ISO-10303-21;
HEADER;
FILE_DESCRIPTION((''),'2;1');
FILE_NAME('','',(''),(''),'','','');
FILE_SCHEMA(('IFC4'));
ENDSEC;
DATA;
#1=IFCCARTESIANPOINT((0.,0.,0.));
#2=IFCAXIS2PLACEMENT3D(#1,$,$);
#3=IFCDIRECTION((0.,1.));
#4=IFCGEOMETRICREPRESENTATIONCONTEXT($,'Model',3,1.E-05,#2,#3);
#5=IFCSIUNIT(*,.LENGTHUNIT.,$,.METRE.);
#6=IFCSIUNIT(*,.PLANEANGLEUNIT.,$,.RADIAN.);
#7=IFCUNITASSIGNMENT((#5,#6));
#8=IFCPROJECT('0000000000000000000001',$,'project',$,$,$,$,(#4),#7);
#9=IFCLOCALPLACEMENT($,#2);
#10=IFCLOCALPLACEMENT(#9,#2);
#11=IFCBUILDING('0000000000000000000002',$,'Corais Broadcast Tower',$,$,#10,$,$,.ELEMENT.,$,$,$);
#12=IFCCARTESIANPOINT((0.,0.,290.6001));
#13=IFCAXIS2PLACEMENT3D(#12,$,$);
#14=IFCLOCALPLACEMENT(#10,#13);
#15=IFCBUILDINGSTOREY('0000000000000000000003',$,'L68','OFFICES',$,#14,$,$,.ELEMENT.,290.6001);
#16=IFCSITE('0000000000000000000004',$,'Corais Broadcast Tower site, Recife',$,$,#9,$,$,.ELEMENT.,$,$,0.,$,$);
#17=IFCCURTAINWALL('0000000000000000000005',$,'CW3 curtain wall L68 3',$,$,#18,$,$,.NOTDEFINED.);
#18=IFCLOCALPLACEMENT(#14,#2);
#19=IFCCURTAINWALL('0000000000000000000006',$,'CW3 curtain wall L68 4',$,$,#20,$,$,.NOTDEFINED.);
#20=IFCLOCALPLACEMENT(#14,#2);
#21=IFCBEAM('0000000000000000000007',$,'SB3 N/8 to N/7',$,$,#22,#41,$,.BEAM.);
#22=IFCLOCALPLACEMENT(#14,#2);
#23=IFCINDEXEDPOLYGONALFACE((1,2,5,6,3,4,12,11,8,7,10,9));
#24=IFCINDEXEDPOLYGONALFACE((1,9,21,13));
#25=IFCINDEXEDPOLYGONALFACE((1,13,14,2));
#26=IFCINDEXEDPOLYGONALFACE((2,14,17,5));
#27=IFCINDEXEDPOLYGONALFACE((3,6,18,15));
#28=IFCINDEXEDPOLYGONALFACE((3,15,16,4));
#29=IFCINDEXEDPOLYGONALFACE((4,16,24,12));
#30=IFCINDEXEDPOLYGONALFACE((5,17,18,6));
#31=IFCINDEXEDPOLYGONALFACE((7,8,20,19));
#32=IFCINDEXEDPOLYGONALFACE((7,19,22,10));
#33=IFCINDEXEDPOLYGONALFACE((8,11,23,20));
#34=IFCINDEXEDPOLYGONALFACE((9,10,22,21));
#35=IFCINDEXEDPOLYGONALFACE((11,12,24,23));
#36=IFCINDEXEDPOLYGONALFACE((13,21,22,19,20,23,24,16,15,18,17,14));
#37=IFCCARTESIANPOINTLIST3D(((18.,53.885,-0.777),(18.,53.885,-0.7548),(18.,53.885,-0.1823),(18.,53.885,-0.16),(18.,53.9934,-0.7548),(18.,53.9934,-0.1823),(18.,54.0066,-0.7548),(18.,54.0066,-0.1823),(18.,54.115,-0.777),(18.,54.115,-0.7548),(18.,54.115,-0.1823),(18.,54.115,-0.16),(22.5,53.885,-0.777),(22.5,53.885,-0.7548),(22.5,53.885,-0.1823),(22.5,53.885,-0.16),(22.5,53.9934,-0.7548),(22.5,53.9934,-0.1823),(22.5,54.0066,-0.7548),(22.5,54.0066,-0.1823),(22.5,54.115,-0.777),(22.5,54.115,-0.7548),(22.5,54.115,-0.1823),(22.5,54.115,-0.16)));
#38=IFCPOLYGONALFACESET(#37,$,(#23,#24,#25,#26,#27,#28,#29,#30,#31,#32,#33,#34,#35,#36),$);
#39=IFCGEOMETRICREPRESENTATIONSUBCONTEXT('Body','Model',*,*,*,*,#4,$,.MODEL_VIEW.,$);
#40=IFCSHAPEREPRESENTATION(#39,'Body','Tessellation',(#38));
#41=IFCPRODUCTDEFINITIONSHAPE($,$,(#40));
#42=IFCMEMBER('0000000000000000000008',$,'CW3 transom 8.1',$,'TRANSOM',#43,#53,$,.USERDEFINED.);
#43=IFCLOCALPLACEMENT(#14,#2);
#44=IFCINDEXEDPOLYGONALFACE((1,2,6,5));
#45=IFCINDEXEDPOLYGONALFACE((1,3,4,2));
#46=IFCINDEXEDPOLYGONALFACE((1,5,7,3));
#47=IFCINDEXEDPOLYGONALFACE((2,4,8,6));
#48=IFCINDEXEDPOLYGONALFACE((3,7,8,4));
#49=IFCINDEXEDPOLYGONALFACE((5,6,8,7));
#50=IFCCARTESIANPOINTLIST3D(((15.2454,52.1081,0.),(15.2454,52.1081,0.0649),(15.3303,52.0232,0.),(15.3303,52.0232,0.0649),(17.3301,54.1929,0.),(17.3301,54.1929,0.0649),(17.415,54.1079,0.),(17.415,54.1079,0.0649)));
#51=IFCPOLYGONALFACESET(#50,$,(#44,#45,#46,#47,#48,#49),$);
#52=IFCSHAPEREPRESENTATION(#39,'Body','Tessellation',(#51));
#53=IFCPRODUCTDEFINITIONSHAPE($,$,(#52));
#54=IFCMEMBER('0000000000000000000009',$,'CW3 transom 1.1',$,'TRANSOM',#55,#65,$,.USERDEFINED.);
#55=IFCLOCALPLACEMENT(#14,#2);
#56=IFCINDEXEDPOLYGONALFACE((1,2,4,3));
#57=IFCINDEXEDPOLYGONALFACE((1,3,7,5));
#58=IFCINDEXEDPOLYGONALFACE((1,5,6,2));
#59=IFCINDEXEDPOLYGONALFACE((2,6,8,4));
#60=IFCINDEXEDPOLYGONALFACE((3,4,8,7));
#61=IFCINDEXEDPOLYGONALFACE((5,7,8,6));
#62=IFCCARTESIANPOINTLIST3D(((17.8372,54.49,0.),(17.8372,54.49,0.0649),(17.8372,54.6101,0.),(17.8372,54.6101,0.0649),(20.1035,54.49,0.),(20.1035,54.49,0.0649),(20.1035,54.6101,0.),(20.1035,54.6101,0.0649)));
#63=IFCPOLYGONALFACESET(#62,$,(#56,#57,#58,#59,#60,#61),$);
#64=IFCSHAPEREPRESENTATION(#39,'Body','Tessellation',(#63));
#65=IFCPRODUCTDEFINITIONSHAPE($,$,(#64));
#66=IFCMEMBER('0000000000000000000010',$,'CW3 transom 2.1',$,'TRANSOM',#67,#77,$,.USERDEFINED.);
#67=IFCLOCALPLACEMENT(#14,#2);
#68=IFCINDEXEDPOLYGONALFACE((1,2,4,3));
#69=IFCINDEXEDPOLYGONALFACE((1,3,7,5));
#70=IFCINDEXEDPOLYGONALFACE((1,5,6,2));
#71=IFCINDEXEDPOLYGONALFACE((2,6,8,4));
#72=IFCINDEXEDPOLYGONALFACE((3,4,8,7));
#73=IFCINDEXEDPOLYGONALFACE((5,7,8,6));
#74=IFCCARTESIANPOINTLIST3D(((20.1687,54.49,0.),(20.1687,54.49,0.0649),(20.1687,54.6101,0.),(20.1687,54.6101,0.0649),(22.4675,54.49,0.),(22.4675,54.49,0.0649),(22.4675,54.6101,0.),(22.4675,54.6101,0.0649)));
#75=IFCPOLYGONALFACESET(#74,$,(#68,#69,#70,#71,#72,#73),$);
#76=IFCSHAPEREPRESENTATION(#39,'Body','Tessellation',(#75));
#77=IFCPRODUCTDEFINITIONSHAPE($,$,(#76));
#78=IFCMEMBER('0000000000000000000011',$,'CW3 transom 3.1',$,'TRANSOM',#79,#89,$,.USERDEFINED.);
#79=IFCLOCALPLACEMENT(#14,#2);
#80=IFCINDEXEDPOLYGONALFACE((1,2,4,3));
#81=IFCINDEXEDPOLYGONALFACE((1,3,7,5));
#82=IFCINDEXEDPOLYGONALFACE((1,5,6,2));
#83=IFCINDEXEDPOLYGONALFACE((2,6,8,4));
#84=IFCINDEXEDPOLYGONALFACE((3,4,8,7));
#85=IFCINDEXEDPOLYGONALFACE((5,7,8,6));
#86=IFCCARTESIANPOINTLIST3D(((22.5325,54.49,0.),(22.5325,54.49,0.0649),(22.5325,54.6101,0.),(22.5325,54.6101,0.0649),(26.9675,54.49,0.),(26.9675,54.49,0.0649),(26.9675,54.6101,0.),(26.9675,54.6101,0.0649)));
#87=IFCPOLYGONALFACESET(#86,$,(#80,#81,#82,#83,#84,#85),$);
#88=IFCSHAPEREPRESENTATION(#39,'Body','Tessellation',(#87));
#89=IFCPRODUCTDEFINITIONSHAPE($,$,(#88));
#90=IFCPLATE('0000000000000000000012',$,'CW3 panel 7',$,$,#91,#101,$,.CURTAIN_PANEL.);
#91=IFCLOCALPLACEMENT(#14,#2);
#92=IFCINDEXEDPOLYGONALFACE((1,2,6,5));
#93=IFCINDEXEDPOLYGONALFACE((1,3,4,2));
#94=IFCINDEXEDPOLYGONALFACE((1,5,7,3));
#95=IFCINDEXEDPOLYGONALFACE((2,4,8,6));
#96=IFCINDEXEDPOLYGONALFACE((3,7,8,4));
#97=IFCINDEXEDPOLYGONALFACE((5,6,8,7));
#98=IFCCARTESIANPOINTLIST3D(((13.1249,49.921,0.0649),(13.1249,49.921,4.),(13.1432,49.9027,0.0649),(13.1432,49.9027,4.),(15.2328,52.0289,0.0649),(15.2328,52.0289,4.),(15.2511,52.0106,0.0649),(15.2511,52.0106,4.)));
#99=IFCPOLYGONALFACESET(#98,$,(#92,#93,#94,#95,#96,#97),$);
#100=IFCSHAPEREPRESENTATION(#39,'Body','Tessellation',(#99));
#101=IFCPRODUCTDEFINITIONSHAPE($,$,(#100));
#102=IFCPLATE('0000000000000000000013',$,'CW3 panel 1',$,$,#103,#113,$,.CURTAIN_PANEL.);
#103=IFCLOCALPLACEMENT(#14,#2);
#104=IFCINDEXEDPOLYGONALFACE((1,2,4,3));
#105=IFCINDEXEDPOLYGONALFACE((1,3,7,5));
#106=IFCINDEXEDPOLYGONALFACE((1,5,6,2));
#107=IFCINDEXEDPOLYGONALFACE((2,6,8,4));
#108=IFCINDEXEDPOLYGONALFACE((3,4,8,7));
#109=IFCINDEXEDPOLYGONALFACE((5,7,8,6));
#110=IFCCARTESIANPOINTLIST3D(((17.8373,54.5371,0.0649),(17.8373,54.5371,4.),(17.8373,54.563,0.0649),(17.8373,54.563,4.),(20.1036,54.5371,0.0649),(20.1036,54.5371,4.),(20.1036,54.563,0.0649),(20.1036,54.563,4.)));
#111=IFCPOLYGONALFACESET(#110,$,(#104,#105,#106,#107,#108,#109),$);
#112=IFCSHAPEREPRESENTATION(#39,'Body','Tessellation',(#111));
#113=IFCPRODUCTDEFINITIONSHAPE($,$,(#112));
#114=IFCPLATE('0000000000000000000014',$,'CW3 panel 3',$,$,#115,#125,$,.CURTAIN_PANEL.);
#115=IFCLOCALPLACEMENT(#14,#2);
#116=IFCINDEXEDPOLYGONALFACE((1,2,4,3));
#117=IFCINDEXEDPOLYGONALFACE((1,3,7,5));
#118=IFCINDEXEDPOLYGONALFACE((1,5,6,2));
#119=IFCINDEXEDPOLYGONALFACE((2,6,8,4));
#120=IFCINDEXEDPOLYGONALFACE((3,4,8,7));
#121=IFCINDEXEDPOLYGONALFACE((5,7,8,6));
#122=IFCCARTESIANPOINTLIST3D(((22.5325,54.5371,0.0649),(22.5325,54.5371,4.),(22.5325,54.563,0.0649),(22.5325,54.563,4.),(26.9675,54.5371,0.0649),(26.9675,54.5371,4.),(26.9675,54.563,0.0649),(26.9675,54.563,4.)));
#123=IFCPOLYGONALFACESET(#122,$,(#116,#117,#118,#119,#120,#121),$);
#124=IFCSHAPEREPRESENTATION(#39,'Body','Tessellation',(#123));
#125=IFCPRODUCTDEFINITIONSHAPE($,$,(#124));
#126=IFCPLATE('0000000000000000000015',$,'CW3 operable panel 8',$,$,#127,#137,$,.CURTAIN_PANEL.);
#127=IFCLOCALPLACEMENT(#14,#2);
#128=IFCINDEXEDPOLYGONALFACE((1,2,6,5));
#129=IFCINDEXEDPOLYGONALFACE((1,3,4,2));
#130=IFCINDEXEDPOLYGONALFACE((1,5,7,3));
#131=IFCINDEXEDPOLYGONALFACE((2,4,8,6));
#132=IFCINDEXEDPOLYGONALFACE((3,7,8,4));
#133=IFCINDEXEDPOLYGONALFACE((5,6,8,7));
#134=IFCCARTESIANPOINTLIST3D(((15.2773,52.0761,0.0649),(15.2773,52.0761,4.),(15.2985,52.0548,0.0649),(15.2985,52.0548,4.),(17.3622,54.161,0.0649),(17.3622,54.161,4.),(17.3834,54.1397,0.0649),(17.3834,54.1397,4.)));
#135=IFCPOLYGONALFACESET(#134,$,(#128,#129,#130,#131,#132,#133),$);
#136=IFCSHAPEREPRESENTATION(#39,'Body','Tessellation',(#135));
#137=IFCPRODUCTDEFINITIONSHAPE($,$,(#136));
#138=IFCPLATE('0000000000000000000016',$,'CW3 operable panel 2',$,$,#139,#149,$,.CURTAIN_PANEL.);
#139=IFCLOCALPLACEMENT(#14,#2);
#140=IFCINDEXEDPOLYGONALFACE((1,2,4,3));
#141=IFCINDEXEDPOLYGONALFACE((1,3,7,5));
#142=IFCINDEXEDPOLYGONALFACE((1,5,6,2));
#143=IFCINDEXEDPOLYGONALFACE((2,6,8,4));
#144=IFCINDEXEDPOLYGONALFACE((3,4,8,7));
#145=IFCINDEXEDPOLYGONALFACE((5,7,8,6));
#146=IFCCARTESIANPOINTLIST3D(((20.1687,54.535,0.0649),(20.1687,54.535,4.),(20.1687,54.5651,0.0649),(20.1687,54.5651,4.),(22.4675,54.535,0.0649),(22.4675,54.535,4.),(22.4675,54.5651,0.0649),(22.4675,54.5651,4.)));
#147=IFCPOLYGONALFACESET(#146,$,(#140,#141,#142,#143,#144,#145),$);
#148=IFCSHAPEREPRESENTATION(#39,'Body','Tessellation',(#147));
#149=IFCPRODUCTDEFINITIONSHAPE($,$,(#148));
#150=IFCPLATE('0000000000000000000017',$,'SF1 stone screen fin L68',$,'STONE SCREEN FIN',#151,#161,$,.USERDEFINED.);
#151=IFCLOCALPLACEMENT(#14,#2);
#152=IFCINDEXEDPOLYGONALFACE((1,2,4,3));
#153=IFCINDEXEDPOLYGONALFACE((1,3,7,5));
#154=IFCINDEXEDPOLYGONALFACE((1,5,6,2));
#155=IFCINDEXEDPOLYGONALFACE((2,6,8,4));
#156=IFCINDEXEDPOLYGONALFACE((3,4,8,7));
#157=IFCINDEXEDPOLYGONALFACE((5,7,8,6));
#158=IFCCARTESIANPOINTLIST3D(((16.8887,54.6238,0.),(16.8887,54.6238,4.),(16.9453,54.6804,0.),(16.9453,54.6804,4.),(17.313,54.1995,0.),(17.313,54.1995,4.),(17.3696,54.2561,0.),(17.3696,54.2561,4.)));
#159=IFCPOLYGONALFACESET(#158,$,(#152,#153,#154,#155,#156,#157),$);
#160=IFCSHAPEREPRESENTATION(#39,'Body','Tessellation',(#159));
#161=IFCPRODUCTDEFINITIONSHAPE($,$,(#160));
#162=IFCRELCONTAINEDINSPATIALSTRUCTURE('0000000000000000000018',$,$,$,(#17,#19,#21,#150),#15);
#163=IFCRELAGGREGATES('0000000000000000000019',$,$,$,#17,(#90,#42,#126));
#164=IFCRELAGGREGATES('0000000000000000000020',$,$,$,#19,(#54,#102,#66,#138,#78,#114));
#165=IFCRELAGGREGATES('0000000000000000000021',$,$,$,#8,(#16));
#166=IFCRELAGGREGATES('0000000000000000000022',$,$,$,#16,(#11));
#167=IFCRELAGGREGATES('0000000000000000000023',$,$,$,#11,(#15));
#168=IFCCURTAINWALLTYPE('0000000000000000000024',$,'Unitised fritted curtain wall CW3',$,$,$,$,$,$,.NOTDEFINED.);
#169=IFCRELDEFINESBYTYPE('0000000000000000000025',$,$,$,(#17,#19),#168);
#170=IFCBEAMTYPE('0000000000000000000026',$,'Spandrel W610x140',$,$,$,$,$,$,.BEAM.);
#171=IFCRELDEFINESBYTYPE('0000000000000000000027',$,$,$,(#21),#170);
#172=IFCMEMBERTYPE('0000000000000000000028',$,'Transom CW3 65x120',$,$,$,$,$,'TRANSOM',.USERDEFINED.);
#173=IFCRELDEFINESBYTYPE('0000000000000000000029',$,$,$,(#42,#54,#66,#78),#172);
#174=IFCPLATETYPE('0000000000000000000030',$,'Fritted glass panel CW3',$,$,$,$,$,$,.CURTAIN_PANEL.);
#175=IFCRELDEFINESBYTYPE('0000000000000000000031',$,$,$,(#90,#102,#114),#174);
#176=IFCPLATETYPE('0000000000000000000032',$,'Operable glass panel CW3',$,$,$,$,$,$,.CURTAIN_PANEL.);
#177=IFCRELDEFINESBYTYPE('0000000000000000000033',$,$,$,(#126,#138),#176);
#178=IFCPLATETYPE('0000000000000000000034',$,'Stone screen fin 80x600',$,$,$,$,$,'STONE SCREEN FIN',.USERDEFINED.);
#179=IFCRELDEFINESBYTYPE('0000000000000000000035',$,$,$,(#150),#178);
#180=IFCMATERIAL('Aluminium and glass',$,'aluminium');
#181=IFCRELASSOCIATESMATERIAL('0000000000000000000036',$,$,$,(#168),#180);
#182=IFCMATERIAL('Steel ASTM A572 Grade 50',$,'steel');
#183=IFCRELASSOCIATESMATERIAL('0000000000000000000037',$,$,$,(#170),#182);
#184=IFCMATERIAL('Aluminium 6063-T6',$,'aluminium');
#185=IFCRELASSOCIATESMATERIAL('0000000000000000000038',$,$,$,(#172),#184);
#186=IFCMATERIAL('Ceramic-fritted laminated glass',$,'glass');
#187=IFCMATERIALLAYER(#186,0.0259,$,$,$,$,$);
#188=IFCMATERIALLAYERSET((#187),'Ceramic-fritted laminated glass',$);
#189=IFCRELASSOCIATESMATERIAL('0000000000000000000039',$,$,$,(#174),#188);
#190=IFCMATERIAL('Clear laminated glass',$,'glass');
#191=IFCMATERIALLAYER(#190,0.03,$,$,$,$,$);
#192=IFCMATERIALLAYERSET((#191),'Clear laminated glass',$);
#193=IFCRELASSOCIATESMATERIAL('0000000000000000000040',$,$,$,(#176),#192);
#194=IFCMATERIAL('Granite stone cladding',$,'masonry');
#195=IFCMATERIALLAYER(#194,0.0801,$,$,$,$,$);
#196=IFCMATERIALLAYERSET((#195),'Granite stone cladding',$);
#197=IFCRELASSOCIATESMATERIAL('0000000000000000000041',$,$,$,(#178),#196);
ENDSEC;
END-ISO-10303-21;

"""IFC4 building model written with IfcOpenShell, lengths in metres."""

from ifc_helpers import new_model, si_unit, direction, frame, origin, origin_2d, place, context, subcontext, project, spatial, rectangle, i_section, extrude, material, layer, layer_set, material_profile, profile_set, type_object, element, aggregate, save


model = new_model("IFC4")

# Units and contexts
model_context = context("Model", 3, precision=1e-05, world=origin(), true_north=direction((0.0, 1.0)))
body_context = subcontext(model_context, "Body", "Model", "MODEL_VIEW")
ifc_project = project(units=[si_unit("LENGTHUNIT", "METRE"), si_unit("PLANEANGLEUNIT", "RADIAN")], contexts=[model_context])

# Site, building, storey
site_placement = place(None, origin())
site = spatial("IfcSite", under=ifc_project, at=site_placement, Name="Corais Broadcast Tower site, Recife", CompositionType="ELEMENT", RefElevation=0.0)
building_placement = place(site_placement, origin())
building = spatial("IfcBuilding", under=site, at=building_placement, Name="Corais Broadcast Tower", CompositionType="ELEMENT")
storey_placement = place(building_placement, frame((0.0, 0.0, 290.6001)))
storey = spatial("IfcBuildingStorey", under=building, at=storey_placement, Name="L68", Description="OFFICES", CompositionType="ELEMENT", Elevation=290.6001)

# Curtain walls
ifc_material_1 = material(Name="Aluminium and glass", Category="aluminium")
curtain_wall_type = type_object("IfcCurtainWallType", Name="Unitised fritted curtain wall CW3", PredefinedType="NOTDEFINED", material=ifc_material_1)
curtain_wall_1_placement = place(storey_placement, origin())
curtain_wall_1 = element("IfcCurtainWall", 1, at=curtain_wall_1_placement, inside=storey, type_object=curtain_wall_type, Name="CW3 curtain wall L68 3", PredefinedType="NOTDEFINED")
curtain_wall_2_placement = place(storey_placement, origin())
curtain_wall_2 = element("IfcCurtainWall", 2, at=curtain_wall_2_placement, inside=storey, type_object=curtain_wall_type, Name="CW3 curtain wall L68 4", PredefinedType="NOTDEFINED")

# Beam
ifc_material_2 = material(Name="Steel ASTM A572 Grade 50", Category="steel")
ifc_material_profile_1 = material_profile(ifc_material_2, i_section(OverallWidth=0.23, OverallDepth=0.6169, WebThickness=0.0132, FlangeThickness=0.0222, at=origin_2d()), Name="W610x140")
ifc_profile_set_1 = profile_set([ifc_material_profile_1], Name="Steel ASTM A572 Grade 50")
beam_type_1 = type_object("IfcBeamType", Name="Spandrel W610x140", PredefinedType="BEAM", material=ifc_profile_set_1)
beam_placement = place(storey_placement, frame((22.5, 54.0, -0.4685), z_axis=(-1.0, 0.0, 0.0), x_axis=(0.0, -1.0, 0.0)))
element("IfcBeam", 3, at=beam_placement, inside=storey, type_object=beam_type_1, Name="SB3 N/8 to N/7", PredefinedType="BEAM", context=body_context, shape_type="SweptSolid", body=[
    extrude(i_section(OverallWidth=0.23, OverallDepth=0.6169, WebThickness=0.0132, FlangeThickness=0.0222, at=origin_2d()), origin(), (0.0, 0.0, 1.0), 4.5),
])

# Members
ifc_material_3 = material(Name="Aluminium 6063-T6", Category="aluminium")
ifc_material_profile_2 = material_profile(ifc_material_3, rectangle(XDim=0.1201, YDim=0.0649, at=origin_2d()), Name="Transom CW3 65x120")
ifc_profile_set_2 = profile_set([ifc_material_profile_2], Name="Aluminium 6063-T6")
member_type_1 = type_object("IfcMemberType", Name="Transom CW3 65x120", ElementType="TRANSOM", PredefinedType="USERDEFINED", material=ifc_profile_set_2)
member_1_placement = place(storey_placement, frame((15.2878, 52.0657, 0.0325), z_axis=(0.707107, 0.707107, 0.0), x_axis=(-0.707107, 0.707107, 0.0)))
member_1 = element("IfcMember", 4, at=member_1_placement, type_object=member_type_1, Name="CW3 transom 8.1", ObjectType="TRANSOM", PredefinedType="USERDEFINED", context=body_context, shape_type="SweptSolid", body=[
    extrude(rectangle(XDim=0.1201, YDim=0.0649, at=origin_2d()), origin(), (0.0, 0.0, 1.0), 2.9482),
])
member_2_placement = place(storey_placement, frame((17.8372, 54.55, 0.0325), z_axis=(1.0, 0.0, 0.0), x_axis=(0.0, 1.0, 0.0)))
member_2 = element("IfcMember", 5, at=member_2_placement, type_object=member_type_1, Name="CW3 transom 1.1", ObjectType="TRANSOM", PredefinedType="USERDEFINED", context=body_context, shape_type="SweptSolid", body=[
    extrude(rectangle(XDim=0.1201, YDim=0.0649, at=origin_2d()), origin(), (0.0, 0.0, 1.0), 2.2664),
])
member_3_placement = place(storey_placement, frame((20.1687, 54.55, 0.0325), z_axis=(1.0, 0.0, 0.0), x_axis=(0.0, 1.0, 0.0)))
member_3 = element("IfcMember", 6, at=member_3_placement, type_object=member_type_1, Name="CW3 transom 2.1", ObjectType="TRANSOM", PredefinedType="USERDEFINED", context=body_context, shape_type="SweptSolid", body=[
    extrude(rectangle(XDim=0.1201, YDim=0.0649, at=origin_2d()), origin(), (0.0, 0.0, 1.0), 2.2988),
])
member_4_placement = place(storey_placement, frame((22.5325, 54.55, 0.0325), z_axis=(1.0, 0.0, 0.0), x_axis=(0.0, 1.0, 0.0)))
member_4 = element("IfcMember", 7, at=member_4_placement, type_object=member_type_1, Name="CW3 transom 3.1", ObjectType="TRANSOM", PredefinedType="USERDEFINED", context=body_context, shape_type="SweptSolid", body=[
    extrude(rectangle(XDim=0.1201, YDim=0.0649, at=origin_2d()), origin(), (0.0, 0.0, 1.0), 4.4351),
])

# Plates
ifc_material_4 = material(Name="Ceramic-fritted laminated glass", Category="glass")
ifc_layer_1 = layer(ifc_material_4, 0.0259)
ifc_layer_set_1 = layer_set([ifc_layer_1], Name="Ceramic-fritted laminated glass")
plate_type_1 = type_object("IfcPlateType", Name="Fritted glass panel CW3", PredefinedType="CURTAIN_PANEL", material=ifc_layer_set_1)
plate_1_placement = place(storey_placement, frame((14.188, 50.9658, 0.0649), z_axis=(0.0, 0.0, 1.0), x_axis=(0.707107, 0.707107, 0.0)))
plate_1 = element("IfcPlate", 8, at=plate_1_placement, type_object=plate_type_1, Name="CW3 panel 7", PredefinedType="CURTAIN_PANEL", context=body_context, shape_type="SweptSolid", body=[
    extrude(rectangle(XDim=2.981, YDim=0.0259, at=origin_2d()), origin(), (0.0, 0.0, 1.0), 3.9351),
])
plate_2_placement = place(storey_placement, frame((18.9705, 54.55, 0.0649), z_axis=(0.0, 0.0, 1.0), x_axis=(1.0, 0.0, 0.0)))
plate_2 = element("IfcPlate", 9, at=plate_2_placement, type_object=plate_type_1, Name="CW3 panel 1", PredefinedType="CURTAIN_PANEL", context=body_context, shape_type="SweptSolid", body=[
    extrude(rectangle(XDim=2.2664, YDim=0.0259, at=origin_2d()), origin(), (0.0, 0.0, 1.0), 3.9351),
])
plate_3_placement = place(storey_placement, frame((24.75, 54.55, 0.0649), z_axis=(0.0, 0.0, 1.0), x_axis=(1.0, 0.0, 0.0)))
plate_3 = element("IfcPlate", 10, at=plate_3_placement, type_object=plate_type_1, Name="CW3 panel 3", PredefinedType="CURTAIN_PANEL", context=body_context, shape_type="SweptSolid", body=[
    extrude(rectangle(XDim=4.4351, YDim=0.0259, at=origin_2d()), origin(), (0.0, 0.0, 1.0), 3.9351),
])
ifc_material_5 = material(Name="Clear laminated glass", Category="glass")
ifc_layer_2 = layer(ifc_material_5, 0.03)
ifc_layer_set_2 = layer_set([ifc_layer_2], Name="Clear laminated glass")
plate_type_2 = type_object("IfcPlateType", Name="Operable glass panel CW3", PredefinedType="CURTAIN_PANEL", material=ifc_layer_set_2)
plate_4_placement = place(storey_placement, frame((16.3303, 53.1079, 0.0649), z_axis=(0.0, 0.0, 1.0), x_axis=(0.707107, 0.707107, 0.0)))
plate_4 = element("IfcPlate", 11, at=plate_4_placement, type_object=plate_type_2, Name="CW3 operable panel 8", PredefinedType="CURTAIN_PANEL", context=body_context, shape_type="SweptSolid", body=[
    extrude(rectangle(XDim=2.9485, YDim=0.03, at=origin_2d()), origin(), (0.0, 0.0, 1.0), 3.9351),
])
aggregate(curtain_wall_1, [plate_1, member_1, plate_4])
plate_5_placement = place(storey_placement, frame((21.3181, 54.55, 0.0649), z_axis=(0.0, 0.0, 1.0), x_axis=(1.0, 0.0, 0.0)))
plate_5 = element("IfcPlate", 12, at=plate_5_placement, type_object=plate_type_2, Name="CW3 operable panel 2", PredefinedType="CURTAIN_PANEL", context=body_context, shape_type="SweptSolid", body=[
    extrude(rectangle(XDim=2.2988, YDim=0.03, at=origin_2d()), origin(), (0.0, 0.0, 1.0), 3.9351),
])
aggregate(curtain_wall_2, [member_2, plate_2, member_3, plate_5, member_4, plate_3])
ifc_material_6 = material(Name="Granite stone cladding", Category="masonry")
ifc_layer_3 = layer(ifc_material_6, 0.0801)
ifc_layer_set_3 = layer_set([ifc_layer_3], Name="Granite stone cladding")
plate_type_3 = type_object("IfcPlateType", Name="Stone screen fin 80x600", ElementType="STONE SCREEN FIN", PredefinedType="USERDEFINED", material=ifc_layer_set_3)
plate_6_placement = place(storey_placement, frame((17.1292, 54.4399, 0.0), z_axis=(0.0, 0.0, 1.0), x_axis=(0.707107, 0.707107, 0.0)))
element("IfcPlate", 13, at=plate_6_placement, inside=storey, type_object=plate_type_3, Name="SF1 stone screen fin L68", ObjectType="STONE SCREEN FIN", PredefinedType="USERDEFINED", context=body_context, shape_type="SweptSolid", body=[
    extrude(rectangle(XDim=0.0801, YDim=0.6001, at=origin_2d()), origin(), (0.0, 0.0, 1.0), 4.0),
])

save(model, "model.ifc")
